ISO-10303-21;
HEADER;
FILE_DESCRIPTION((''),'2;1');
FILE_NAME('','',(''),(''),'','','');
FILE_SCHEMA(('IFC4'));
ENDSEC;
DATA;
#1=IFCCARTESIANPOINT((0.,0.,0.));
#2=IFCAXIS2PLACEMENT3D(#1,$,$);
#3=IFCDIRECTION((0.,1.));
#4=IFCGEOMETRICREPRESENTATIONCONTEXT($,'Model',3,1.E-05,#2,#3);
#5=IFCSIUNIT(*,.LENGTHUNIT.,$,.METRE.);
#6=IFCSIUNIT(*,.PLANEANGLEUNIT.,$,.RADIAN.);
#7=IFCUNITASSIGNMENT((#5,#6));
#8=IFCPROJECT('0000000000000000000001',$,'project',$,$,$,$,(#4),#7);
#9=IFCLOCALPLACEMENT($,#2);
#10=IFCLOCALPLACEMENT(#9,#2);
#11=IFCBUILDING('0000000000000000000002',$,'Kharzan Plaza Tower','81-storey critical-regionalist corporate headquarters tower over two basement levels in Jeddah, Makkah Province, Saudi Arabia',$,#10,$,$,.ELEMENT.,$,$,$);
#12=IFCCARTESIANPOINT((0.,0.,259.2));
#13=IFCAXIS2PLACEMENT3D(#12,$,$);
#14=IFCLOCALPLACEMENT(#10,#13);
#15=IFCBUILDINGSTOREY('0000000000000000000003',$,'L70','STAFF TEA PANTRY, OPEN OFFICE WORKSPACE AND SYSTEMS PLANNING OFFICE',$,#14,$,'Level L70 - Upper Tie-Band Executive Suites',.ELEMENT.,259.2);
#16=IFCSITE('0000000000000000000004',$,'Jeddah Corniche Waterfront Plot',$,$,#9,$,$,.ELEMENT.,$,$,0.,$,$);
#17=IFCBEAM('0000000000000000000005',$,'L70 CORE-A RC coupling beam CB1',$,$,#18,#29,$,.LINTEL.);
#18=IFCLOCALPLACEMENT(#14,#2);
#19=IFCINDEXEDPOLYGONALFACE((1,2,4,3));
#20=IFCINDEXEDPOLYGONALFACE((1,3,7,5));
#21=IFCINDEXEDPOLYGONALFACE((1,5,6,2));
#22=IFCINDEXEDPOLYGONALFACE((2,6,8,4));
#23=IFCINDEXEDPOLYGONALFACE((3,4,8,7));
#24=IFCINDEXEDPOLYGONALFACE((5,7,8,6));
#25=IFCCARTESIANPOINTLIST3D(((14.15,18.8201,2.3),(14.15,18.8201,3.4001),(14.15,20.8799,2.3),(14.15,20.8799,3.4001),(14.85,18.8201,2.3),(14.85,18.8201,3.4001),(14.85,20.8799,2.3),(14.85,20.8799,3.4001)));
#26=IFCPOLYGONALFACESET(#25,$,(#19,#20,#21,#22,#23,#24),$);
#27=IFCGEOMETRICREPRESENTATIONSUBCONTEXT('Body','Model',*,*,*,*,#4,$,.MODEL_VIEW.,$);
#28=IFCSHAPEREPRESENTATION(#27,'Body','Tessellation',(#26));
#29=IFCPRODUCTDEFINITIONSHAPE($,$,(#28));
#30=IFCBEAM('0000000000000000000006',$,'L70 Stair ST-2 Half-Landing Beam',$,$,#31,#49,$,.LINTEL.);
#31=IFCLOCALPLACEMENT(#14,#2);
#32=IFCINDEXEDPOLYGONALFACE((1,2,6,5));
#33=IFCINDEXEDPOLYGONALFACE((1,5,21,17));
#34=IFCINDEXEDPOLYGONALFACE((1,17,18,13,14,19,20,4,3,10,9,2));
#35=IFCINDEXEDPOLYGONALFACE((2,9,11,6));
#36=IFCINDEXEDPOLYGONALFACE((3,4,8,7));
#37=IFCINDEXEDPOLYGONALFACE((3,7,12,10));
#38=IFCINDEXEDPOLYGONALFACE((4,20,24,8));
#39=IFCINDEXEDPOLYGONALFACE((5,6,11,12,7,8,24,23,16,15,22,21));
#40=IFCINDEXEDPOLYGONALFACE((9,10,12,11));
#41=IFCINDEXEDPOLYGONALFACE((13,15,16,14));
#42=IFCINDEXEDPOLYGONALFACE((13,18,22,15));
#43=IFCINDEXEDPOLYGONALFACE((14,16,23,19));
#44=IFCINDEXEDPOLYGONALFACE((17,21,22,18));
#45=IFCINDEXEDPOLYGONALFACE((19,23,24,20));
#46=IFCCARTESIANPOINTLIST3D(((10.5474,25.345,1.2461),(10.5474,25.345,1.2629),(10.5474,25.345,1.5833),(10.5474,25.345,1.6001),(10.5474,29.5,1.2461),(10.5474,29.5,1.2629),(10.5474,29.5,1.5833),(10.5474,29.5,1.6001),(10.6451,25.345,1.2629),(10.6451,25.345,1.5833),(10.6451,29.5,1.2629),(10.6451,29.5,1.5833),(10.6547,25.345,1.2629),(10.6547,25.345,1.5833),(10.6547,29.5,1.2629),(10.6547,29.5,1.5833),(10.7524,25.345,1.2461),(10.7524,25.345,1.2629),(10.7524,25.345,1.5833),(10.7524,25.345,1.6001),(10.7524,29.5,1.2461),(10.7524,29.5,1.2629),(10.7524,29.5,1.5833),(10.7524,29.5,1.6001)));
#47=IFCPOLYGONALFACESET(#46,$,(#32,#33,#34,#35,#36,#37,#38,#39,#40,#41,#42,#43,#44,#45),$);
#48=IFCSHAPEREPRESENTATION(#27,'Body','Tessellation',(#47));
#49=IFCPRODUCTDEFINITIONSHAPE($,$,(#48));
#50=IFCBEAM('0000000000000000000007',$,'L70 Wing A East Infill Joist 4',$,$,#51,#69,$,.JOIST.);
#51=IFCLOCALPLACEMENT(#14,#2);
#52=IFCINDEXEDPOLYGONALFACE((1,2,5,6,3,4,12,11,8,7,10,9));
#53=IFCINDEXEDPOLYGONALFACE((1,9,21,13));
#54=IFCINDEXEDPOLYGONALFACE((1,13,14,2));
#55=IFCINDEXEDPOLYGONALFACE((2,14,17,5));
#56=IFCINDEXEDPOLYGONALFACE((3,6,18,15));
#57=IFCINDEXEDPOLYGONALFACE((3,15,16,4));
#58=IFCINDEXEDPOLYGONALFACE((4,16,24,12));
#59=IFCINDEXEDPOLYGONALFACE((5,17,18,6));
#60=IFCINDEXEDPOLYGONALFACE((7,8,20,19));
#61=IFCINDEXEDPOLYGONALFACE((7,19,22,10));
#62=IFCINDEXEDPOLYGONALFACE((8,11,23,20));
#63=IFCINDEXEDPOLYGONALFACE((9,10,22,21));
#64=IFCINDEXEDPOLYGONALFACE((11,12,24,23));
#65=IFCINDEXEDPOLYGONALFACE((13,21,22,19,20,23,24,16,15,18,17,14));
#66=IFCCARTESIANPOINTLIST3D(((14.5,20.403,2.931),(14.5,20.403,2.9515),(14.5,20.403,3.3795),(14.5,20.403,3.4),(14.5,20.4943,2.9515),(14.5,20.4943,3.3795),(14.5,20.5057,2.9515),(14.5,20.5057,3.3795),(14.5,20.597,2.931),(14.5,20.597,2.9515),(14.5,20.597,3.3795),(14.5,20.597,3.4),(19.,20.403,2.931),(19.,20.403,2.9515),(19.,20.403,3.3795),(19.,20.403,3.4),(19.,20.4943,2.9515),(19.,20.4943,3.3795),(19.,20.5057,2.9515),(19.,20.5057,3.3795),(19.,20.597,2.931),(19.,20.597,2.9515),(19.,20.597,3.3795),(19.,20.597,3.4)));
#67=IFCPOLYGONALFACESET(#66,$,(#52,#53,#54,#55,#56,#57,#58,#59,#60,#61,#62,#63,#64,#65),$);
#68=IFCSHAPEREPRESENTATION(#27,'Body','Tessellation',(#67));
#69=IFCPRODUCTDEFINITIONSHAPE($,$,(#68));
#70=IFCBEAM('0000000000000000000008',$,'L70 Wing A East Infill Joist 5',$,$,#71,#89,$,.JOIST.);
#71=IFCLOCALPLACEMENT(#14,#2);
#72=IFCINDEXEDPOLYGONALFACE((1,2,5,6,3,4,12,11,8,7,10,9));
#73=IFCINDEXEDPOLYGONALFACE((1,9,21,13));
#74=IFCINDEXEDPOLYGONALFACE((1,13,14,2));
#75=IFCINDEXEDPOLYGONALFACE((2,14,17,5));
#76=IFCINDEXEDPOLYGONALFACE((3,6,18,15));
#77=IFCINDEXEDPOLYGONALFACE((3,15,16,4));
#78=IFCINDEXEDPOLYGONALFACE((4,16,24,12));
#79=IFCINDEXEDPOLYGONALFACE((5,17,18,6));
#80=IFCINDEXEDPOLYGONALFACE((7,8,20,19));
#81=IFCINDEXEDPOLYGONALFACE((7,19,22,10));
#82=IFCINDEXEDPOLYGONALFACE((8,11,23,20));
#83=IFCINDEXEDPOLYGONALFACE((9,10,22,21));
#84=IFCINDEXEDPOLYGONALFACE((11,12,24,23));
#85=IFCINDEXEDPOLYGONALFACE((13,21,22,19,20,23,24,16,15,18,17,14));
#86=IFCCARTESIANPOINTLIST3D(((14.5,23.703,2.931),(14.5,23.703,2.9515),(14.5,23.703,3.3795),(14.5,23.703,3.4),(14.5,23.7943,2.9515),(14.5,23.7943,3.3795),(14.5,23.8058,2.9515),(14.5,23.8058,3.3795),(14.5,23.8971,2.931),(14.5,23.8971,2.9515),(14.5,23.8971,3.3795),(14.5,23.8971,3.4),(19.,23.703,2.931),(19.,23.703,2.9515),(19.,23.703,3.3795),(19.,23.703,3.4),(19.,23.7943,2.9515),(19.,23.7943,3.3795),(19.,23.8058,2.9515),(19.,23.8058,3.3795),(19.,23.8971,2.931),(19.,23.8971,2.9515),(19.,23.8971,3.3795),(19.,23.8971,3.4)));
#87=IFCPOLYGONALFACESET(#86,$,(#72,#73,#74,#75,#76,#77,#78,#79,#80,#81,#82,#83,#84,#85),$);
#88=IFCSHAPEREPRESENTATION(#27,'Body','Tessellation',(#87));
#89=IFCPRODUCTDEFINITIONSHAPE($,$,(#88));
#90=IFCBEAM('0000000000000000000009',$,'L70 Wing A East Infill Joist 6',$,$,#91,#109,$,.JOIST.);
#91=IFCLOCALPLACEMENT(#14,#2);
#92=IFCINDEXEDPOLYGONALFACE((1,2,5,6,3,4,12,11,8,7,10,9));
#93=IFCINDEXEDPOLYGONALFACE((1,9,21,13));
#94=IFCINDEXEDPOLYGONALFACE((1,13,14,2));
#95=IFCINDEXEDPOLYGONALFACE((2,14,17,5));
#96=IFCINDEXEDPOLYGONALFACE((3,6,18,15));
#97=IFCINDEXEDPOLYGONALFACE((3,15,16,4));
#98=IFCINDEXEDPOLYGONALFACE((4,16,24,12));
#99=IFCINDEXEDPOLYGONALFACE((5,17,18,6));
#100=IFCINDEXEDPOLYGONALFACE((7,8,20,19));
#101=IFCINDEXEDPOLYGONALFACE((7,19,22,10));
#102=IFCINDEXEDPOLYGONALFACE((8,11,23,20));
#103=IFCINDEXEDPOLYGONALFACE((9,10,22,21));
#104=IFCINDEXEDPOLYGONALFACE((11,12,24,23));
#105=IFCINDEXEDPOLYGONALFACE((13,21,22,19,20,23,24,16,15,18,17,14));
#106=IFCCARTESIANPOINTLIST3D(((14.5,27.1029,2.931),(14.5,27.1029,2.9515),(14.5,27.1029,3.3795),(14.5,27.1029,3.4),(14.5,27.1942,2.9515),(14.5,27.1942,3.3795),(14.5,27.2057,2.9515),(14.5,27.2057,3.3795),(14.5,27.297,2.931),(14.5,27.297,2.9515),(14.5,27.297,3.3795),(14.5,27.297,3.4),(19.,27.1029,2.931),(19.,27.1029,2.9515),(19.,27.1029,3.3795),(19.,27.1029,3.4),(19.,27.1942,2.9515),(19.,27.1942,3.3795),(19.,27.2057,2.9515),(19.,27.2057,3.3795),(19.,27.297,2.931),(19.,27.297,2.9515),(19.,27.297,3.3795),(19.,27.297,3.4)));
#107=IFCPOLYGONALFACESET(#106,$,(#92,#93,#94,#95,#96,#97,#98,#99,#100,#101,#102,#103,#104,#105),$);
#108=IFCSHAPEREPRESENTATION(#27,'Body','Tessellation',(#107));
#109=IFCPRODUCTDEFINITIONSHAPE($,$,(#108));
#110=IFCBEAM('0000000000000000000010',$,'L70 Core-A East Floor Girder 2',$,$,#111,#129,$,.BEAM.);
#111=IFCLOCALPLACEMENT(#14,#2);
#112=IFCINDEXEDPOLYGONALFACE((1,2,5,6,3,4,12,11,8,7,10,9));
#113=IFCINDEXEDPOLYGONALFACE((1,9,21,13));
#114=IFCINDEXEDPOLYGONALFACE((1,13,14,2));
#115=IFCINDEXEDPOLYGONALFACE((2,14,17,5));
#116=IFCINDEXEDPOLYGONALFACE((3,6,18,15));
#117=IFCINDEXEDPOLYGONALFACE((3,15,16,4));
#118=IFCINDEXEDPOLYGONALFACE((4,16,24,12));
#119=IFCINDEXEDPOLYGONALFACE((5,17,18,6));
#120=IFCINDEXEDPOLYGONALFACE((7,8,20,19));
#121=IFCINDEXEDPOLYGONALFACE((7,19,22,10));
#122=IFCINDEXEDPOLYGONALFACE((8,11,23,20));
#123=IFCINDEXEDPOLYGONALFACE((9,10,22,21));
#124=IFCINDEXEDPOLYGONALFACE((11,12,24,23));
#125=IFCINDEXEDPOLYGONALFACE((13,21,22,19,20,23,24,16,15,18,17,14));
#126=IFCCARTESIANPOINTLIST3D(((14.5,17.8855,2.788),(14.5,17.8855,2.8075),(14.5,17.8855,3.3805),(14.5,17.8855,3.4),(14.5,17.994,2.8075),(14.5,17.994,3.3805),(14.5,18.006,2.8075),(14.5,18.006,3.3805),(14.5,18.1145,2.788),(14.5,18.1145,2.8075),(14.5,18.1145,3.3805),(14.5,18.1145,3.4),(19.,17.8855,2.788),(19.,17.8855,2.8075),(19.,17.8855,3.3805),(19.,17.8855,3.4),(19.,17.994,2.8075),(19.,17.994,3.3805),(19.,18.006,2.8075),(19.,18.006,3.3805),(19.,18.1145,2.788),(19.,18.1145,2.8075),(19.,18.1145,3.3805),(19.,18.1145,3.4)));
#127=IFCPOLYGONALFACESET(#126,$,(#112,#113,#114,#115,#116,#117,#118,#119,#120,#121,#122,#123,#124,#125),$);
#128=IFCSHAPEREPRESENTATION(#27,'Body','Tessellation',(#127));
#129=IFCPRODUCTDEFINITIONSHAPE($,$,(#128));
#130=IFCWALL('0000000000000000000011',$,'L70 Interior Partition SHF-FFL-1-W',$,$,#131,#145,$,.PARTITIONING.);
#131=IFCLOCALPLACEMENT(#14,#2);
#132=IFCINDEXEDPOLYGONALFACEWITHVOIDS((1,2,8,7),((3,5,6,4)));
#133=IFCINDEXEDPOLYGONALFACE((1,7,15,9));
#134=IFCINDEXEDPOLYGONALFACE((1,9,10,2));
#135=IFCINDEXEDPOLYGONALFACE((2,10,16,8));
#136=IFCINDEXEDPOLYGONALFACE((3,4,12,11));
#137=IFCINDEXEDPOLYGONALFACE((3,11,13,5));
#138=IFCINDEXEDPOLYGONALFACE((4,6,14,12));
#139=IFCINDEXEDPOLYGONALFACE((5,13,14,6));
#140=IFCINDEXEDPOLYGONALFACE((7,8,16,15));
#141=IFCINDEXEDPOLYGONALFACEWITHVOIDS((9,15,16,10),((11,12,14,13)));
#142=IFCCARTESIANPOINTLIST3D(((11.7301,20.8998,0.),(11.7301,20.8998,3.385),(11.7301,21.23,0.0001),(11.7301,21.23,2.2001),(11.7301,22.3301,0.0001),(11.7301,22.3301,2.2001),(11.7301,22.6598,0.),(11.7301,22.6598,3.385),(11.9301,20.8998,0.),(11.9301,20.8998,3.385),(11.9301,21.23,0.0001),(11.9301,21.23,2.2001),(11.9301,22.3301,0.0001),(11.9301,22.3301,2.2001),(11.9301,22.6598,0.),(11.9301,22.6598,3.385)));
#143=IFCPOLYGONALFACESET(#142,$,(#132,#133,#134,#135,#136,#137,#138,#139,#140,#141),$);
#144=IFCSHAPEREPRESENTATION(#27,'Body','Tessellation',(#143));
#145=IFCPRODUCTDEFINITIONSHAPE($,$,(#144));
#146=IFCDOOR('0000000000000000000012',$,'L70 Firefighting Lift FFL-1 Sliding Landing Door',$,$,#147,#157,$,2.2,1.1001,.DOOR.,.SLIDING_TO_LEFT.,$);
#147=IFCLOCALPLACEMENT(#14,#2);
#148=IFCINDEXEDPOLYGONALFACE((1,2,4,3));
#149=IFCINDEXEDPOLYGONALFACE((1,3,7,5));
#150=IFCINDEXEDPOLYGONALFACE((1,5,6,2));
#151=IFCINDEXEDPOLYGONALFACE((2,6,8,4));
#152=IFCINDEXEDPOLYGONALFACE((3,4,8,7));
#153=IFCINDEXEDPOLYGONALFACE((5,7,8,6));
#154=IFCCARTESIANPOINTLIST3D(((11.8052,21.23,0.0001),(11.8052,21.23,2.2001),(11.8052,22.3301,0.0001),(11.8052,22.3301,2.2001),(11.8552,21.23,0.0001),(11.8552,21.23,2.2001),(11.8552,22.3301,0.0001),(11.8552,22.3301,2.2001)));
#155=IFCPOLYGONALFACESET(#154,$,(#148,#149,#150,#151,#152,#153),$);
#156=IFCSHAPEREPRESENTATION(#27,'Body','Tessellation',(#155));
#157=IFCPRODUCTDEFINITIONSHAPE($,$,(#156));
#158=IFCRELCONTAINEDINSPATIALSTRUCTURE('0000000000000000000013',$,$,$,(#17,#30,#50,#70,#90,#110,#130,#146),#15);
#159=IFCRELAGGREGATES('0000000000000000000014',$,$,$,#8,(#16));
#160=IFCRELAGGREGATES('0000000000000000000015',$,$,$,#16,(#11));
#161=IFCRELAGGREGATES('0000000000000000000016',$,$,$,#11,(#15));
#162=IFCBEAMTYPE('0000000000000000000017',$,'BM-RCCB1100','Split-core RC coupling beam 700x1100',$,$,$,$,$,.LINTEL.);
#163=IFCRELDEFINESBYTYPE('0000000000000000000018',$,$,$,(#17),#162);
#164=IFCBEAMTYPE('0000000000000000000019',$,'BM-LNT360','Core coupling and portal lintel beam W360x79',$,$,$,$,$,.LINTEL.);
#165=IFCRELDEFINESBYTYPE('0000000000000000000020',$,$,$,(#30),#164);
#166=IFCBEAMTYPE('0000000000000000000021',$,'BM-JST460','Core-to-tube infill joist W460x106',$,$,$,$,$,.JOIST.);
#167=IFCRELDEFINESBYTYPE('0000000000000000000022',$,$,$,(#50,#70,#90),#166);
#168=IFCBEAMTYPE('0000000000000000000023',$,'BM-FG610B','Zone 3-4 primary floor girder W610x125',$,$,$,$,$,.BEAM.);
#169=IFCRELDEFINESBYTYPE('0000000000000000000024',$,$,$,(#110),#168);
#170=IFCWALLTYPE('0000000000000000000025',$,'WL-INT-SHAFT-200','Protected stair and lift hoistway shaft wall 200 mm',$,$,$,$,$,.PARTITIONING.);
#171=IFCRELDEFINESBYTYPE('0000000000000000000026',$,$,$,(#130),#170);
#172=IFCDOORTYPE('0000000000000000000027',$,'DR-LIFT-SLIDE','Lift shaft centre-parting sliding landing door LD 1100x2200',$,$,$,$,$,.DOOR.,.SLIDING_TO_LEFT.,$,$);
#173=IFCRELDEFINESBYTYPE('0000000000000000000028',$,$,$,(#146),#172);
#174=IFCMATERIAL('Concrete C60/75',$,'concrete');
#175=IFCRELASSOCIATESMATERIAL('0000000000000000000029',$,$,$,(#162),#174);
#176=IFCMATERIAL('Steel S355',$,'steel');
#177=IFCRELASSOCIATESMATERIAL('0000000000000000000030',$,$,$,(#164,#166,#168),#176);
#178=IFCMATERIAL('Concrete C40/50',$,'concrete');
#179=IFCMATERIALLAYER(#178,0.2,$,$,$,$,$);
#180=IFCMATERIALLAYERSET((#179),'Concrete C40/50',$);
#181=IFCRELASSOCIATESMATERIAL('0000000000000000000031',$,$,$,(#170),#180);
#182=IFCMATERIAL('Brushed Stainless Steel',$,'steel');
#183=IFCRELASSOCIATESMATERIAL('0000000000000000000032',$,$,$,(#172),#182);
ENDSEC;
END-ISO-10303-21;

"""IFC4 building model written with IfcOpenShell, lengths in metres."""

from ifc_helpers import new_model, si_unit, direction, frame, frame_2d, origin, origin_2d, place, context, subcontext, project, spatial, rectangle, i_section, extrude, source, transform, mapped, material, layer, layer_set, material_profile, profile_set, type_object, element, fill, save


model = new_model("IFC4")

# Units and contexts
model_context = context("Model", 3, precision=1e-05, world=origin(), true_north=direction((0.0, 1.0)))
body_context = subcontext(model_context, "Body", "Model", "MODEL_VIEW")
ifc_project = project(units=[si_unit("LENGTHUNIT", "METRE"), si_unit("PLANEANGLEUNIT", "RADIAN")], contexts=[model_context])

# Site, building, storey
site_placement = place(None, origin())
site = spatial("IfcSite", under=ifc_project, at=site_placement, Name="Jeddah Corniche Waterfront Plot", CompositionType="ELEMENT", RefElevation=0.0)
building_placement = place(site_placement, origin())
building = spatial("IfcBuilding", under=site, at=building_placement, Name="Kharzan Plaza Tower", Description="81-storey critical-regionalist corporate headquarters tower over two basement levels in Jeddah, Makkah Province, Saudi Arabia", CompositionType="ELEMENT")
storey_placement = place(building_placement, frame((0.0, 0.0, 259.2)))
storey = spatial("IfcBuildingStorey", under=building, at=storey_placement, Name="L70", Description="STAFF TEA PANTRY, OPEN OFFICE WORKSPACE AND SYSTEMS PLANNING OFFICE", LongName="Level L70 - Upper Tie-Band Executive Suites", CompositionType="ELEMENT", Elevation=259.2)

# Beams
ifc_material_1 = material(Name="Concrete C60/75", Category="concrete")
ifc_material_profile_1 = material_profile(ifc_material_1, rectangle(XDim=0.7, YDim=1.1001, at=origin_2d()), Name="RC-CB1100x700")
ifc_profile_set_1 = profile_set([ifc_material_profile_1], Name="Concrete C60/75")
beam_type_1 = type_object("IfcBeamType", Name="BM-RCCB1100", Description="Split-core RC coupling beam 700x1100", PredefinedType="LINTEL", material=ifc_profile_set_1)
shared_shape_1 = source(origin(), body_context, "Body", "SweptSolid", [
    extrude(rectangle(XDim=0.7, YDim=1.1001, at=origin_2d()), origin(), (0.0, 0.0, 1.0), 2.0598),
])
beam_1_placement = place(storey_placement, frame((14.5, 18.8201, 2.8501), z_axis=(0.0, 1.0, 0.0), x_axis=(-1.0, 0.0, 0.0)))
element("IfcBeam", 1, at=beam_1_placement, inside=storey, type_object=beam_type_1, Name="L70 CORE-A RC coupling beam CB1", PredefinedType="LINTEL", context=body_context, shape_type="MappedRepresentation", body=[
    mapped(shared_shape_1, transform((0.0, 0.0, 0.0), x_axis=(1.0, 0.0, 0.0), y_axis=(0.0, 1.0, 0.0), z_axis=(0.0, 0.0, 1.0))),
])
ifc_material_2 = material(Name="Steel S355", Category="steel")
ifc_material_profile_2 = material_profile(ifc_material_2, i_section(OverallWidth=0.2051, OverallDepth=0.354, WebThickness=0.0095, FlangeThickness=0.0168, at=origin_2d()), Name="W360x79")
ifc_profile_set_2 = profile_set([ifc_material_profile_2], Name="Steel S355")
beam_type_2 = type_object("IfcBeamType", Name="BM-LNT360", Description="Core coupling and portal lintel beam W360x79", PredefinedType="LINTEL", material=ifc_profile_set_2)
shared_shape_2 = source(origin(), body_context, "Body", "SweptSolid", [
    extrude(i_section(OverallWidth=0.2051, OverallDepth=0.354, WebThickness=0.0095, FlangeThickness=0.0168, at=origin_2d()), origin(), (0.0, 0.0, 1.0), 4.155),
])
beam_2_placement = place(storey_placement, frame((10.6499, 25.345, 1.4231), z_axis=(0.0, 1.0, 0.0), x_axis=(-1.0, 0.0, 0.0)))
element("IfcBeam", 2, at=beam_2_placement, inside=storey, type_object=beam_type_2, Name="L70 Stair ST-2 Half-Landing Beam", PredefinedType="LINTEL", context=body_context, shape_type="MappedRepresentation", body=[
    mapped(shared_shape_2, transform((0.0, 0.0, 0.0), x_axis=(1.0, 0.0, 0.0), y_axis=(0.0, 1.0, 0.0), z_axis=(0.0, 0.0, 1.0))),
])
ifc_material_profile_3 = material_profile(ifc_material_2, i_section(OverallWidth=0.1941, OverallDepth=0.469, WebThickness=0.0115, FlangeThickness=0.0205, at=origin_2d()), Name="W460x106")
ifc_profile_set_3 = profile_set([ifc_material_profile_3], Name="Steel S355")
beam_type_3 = type_object("IfcBeamType", Name="BM-JST460", Description="Core-to-tube infill joist W460x106", PredefinedType="JOIST", material=ifc_profile_set_3)
shared_shape_3 = source(origin(), body_context, "Body", "SweptSolid", [
    extrude(i_section(OverallWidth=0.1941, OverallDepth=0.469, WebThickness=0.0115, FlangeThickness=0.0205, at=origin_2d()), origin(), (0.0, 0.0, 1.0), 4.5),
])
for number, where, z_axis, x_axis, name in (
    (3, (14.5, 20.5, 3.1655), (1.0, 0.0, 0.0), (0.0, 1.0, 0.0), "L70 Wing A East Infill Joist 4"),
    (4, (14.5, 23.8, 3.1655), (1.0, 0.0, 0.0), (0.0, 1.0, 0.0), "L70 Wing A East Infill Joist 5"),
    (5, (14.5, 27.2, 3.1655), (1.0, 0.0, 0.0), (0.0, 1.0, 0.0), "L70 Wing A East Infill Joist 6"),
):
    element("IfcBeam", number, at=place(storey_placement, frame(where, z_axis=z_axis, x_axis=x_axis)), inside=storey, type_object=beam_type_3, Name=name, PredefinedType="JOIST", context=body_context, shape_type="MappedRepresentation", body=[
        mapped(shared_shape_3, transform((0.0, 0.0, 0.0), x_axis=(1.0, 0.0, 0.0), y_axis=(0.0, 1.0, 0.0), z_axis=(0.0, 0.0, 1.0))),
    ])
ifc_material_profile_4 = material_profile(ifc_material_2, i_section(OverallWidth=0.229, OverallDepth=0.6121, WebThickness=0.012, FlangeThickness=0.0195, at=origin_2d()), Name="W610x125")
ifc_profile_set_4 = profile_set([ifc_material_profile_4], Name="Steel S355")
beam_type_4 = type_object("IfcBeamType", Name="BM-FG610B", Description="Zone 3-4 primary floor girder W610x125", PredefinedType="BEAM", material=ifc_profile_set_4)
shared_shape_4 = source(origin(), body_context, "Body", "SweptSolid", [
    extrude(i_section(OverallWidth=0.229, OverallDepth=0.6121, WebThickness=0.012, FlangeThickness=0.0195, at=origin_2d()), origin(), (0.0, 0.0, 1.0), 4.5),
])
beam_3_placement = place(storey_placement, frame((14.5, 18.0, 3.094), z_axis=(1.0, 0.0, 0.0), x_axis=(0.0, 1.0, 0.0)))
element("IfcBeam", 6, at=beam_3_placement, inside=storey, type_object=beam_type_4, Name="L70 Core-A East Floor Girder 2", PredefinedType="BEAM", context=body_context, shape_type="MappedRepresentation", body=[
    mapped(shared_shape_4, transform((0.0, 0.0, 0.0), x_axis=(1.0, 0.0, 0.0), y_axis=(0.0, 1.0, 0.0), z_axis=(0.0, 0.0, 1.0))),
])

# Wall, opening, door
ifc_material_3 = material(Name="Concrete C40/50", Category="concrete")
ifc_layer_1 = layer(ifc_material_3, 0.2)
ifc_layer_set_1 = layer_set([ifc_layer_1], Name="Concrete C40/50")
wall_type_1 = type_object("IfcWallType", Name="WL-INT-SHAFT-200", Description="Protected stair and lift hoistway shaft wall 200 mm", PredefinedType="PARTITIONING", material=ifc_layer_set_1)
wall_1_placement = place(storey_placement, frame((11.8301, 20.8999, 0.0), z_axis=(0.0, 0.0, 1.0), x_axis=(0.0, 1.0, 0.0)))
wall_1 = element("IfcWall", 7, at=wall_1_placement, inside=storey, type_object=wall_type_1, Name="L70 Interior Partition SHF-FFL-1-W", PredefinedType="PARTITIONING", context=body_context, shape_type="SweptSolid", body=[
    extrude(rectangle(XDim=1.76, YDim=0.2, at=frame_2d((0.8799, 0.0))), origin(), (0.0, 0.0, 1.0), 3.385),
])
opening_1_placement = place(wall_1_placement, frame((0.3301, 0.0, 0.0)))
opening_1 = element("IfcOpeningElement", 8, at=opening_1_placement, cuts=wall_1, PredefinedType="OPENING", context=body_context, shape_type="SweptSolid", body=[
    extrude(rectangle(XDim=1.1001, YDim=2.2, at=frame_2d((0.55, 1.1001))), frame((0.0, 0.1099, 0.0), z_axis=(0.0, -1.0, 0.0), x_axis=(1.0, 0.0, 0.0)), (0.0, 0.0, 1.0), 0.22),
])
ifc_material_4 = material(Name="Brushed Stainless Steel", Category="steel")
door_type_1 = type_object("IfcDoorType", Name="DR-LIFT-SLIDE", Description="Lift shaft centre-parting sliding landing door LD 1100x2200", OperationType="SLIDING_TO_LEFT", PredefinedType="DOOR", material=ifc_material_4)
shared_shape_5 = source(origin(), body_context, "Body", "SweptSolid", [
    extrude(rectangle(XDim=1.1001, YDim=2.2, at=frame_2d((0.55, 1.1001))), frame((0.0, 0.0249, 0.0), z_axis=(0.0, -1.0, 0.0), x_axis=(1.0, 0.0, 0.0)), (0.0, 0.0, 1.0), 0.05),
])
door_1_placement = place(opening_1_placement, origin())
door_1 = element("IfcDoor", 9, at=door_1_placement, inside=storey, type_object=door_type_1, Name="L70 Firefighting Lift FFL-1 Sliding Landing Door", OperationType="SLIDING_TO_LEFT", OverallHeight=2.2, OverallWidth=1.1001, PredefinedType="DOOR", context=body_context, shape_type="MappedRepresentation", body=[
    mapped(shared_shape_5, transform((0.0, 0.0, 0.0), x_axis=(1.0, 0.0, 0.0), y_axis=(0.0, 1.0, 0.0), z_axis=(0.0, 0.0, 1.0))),
])
fill(opening_1, door_1)

save(model, "model.ifc")
